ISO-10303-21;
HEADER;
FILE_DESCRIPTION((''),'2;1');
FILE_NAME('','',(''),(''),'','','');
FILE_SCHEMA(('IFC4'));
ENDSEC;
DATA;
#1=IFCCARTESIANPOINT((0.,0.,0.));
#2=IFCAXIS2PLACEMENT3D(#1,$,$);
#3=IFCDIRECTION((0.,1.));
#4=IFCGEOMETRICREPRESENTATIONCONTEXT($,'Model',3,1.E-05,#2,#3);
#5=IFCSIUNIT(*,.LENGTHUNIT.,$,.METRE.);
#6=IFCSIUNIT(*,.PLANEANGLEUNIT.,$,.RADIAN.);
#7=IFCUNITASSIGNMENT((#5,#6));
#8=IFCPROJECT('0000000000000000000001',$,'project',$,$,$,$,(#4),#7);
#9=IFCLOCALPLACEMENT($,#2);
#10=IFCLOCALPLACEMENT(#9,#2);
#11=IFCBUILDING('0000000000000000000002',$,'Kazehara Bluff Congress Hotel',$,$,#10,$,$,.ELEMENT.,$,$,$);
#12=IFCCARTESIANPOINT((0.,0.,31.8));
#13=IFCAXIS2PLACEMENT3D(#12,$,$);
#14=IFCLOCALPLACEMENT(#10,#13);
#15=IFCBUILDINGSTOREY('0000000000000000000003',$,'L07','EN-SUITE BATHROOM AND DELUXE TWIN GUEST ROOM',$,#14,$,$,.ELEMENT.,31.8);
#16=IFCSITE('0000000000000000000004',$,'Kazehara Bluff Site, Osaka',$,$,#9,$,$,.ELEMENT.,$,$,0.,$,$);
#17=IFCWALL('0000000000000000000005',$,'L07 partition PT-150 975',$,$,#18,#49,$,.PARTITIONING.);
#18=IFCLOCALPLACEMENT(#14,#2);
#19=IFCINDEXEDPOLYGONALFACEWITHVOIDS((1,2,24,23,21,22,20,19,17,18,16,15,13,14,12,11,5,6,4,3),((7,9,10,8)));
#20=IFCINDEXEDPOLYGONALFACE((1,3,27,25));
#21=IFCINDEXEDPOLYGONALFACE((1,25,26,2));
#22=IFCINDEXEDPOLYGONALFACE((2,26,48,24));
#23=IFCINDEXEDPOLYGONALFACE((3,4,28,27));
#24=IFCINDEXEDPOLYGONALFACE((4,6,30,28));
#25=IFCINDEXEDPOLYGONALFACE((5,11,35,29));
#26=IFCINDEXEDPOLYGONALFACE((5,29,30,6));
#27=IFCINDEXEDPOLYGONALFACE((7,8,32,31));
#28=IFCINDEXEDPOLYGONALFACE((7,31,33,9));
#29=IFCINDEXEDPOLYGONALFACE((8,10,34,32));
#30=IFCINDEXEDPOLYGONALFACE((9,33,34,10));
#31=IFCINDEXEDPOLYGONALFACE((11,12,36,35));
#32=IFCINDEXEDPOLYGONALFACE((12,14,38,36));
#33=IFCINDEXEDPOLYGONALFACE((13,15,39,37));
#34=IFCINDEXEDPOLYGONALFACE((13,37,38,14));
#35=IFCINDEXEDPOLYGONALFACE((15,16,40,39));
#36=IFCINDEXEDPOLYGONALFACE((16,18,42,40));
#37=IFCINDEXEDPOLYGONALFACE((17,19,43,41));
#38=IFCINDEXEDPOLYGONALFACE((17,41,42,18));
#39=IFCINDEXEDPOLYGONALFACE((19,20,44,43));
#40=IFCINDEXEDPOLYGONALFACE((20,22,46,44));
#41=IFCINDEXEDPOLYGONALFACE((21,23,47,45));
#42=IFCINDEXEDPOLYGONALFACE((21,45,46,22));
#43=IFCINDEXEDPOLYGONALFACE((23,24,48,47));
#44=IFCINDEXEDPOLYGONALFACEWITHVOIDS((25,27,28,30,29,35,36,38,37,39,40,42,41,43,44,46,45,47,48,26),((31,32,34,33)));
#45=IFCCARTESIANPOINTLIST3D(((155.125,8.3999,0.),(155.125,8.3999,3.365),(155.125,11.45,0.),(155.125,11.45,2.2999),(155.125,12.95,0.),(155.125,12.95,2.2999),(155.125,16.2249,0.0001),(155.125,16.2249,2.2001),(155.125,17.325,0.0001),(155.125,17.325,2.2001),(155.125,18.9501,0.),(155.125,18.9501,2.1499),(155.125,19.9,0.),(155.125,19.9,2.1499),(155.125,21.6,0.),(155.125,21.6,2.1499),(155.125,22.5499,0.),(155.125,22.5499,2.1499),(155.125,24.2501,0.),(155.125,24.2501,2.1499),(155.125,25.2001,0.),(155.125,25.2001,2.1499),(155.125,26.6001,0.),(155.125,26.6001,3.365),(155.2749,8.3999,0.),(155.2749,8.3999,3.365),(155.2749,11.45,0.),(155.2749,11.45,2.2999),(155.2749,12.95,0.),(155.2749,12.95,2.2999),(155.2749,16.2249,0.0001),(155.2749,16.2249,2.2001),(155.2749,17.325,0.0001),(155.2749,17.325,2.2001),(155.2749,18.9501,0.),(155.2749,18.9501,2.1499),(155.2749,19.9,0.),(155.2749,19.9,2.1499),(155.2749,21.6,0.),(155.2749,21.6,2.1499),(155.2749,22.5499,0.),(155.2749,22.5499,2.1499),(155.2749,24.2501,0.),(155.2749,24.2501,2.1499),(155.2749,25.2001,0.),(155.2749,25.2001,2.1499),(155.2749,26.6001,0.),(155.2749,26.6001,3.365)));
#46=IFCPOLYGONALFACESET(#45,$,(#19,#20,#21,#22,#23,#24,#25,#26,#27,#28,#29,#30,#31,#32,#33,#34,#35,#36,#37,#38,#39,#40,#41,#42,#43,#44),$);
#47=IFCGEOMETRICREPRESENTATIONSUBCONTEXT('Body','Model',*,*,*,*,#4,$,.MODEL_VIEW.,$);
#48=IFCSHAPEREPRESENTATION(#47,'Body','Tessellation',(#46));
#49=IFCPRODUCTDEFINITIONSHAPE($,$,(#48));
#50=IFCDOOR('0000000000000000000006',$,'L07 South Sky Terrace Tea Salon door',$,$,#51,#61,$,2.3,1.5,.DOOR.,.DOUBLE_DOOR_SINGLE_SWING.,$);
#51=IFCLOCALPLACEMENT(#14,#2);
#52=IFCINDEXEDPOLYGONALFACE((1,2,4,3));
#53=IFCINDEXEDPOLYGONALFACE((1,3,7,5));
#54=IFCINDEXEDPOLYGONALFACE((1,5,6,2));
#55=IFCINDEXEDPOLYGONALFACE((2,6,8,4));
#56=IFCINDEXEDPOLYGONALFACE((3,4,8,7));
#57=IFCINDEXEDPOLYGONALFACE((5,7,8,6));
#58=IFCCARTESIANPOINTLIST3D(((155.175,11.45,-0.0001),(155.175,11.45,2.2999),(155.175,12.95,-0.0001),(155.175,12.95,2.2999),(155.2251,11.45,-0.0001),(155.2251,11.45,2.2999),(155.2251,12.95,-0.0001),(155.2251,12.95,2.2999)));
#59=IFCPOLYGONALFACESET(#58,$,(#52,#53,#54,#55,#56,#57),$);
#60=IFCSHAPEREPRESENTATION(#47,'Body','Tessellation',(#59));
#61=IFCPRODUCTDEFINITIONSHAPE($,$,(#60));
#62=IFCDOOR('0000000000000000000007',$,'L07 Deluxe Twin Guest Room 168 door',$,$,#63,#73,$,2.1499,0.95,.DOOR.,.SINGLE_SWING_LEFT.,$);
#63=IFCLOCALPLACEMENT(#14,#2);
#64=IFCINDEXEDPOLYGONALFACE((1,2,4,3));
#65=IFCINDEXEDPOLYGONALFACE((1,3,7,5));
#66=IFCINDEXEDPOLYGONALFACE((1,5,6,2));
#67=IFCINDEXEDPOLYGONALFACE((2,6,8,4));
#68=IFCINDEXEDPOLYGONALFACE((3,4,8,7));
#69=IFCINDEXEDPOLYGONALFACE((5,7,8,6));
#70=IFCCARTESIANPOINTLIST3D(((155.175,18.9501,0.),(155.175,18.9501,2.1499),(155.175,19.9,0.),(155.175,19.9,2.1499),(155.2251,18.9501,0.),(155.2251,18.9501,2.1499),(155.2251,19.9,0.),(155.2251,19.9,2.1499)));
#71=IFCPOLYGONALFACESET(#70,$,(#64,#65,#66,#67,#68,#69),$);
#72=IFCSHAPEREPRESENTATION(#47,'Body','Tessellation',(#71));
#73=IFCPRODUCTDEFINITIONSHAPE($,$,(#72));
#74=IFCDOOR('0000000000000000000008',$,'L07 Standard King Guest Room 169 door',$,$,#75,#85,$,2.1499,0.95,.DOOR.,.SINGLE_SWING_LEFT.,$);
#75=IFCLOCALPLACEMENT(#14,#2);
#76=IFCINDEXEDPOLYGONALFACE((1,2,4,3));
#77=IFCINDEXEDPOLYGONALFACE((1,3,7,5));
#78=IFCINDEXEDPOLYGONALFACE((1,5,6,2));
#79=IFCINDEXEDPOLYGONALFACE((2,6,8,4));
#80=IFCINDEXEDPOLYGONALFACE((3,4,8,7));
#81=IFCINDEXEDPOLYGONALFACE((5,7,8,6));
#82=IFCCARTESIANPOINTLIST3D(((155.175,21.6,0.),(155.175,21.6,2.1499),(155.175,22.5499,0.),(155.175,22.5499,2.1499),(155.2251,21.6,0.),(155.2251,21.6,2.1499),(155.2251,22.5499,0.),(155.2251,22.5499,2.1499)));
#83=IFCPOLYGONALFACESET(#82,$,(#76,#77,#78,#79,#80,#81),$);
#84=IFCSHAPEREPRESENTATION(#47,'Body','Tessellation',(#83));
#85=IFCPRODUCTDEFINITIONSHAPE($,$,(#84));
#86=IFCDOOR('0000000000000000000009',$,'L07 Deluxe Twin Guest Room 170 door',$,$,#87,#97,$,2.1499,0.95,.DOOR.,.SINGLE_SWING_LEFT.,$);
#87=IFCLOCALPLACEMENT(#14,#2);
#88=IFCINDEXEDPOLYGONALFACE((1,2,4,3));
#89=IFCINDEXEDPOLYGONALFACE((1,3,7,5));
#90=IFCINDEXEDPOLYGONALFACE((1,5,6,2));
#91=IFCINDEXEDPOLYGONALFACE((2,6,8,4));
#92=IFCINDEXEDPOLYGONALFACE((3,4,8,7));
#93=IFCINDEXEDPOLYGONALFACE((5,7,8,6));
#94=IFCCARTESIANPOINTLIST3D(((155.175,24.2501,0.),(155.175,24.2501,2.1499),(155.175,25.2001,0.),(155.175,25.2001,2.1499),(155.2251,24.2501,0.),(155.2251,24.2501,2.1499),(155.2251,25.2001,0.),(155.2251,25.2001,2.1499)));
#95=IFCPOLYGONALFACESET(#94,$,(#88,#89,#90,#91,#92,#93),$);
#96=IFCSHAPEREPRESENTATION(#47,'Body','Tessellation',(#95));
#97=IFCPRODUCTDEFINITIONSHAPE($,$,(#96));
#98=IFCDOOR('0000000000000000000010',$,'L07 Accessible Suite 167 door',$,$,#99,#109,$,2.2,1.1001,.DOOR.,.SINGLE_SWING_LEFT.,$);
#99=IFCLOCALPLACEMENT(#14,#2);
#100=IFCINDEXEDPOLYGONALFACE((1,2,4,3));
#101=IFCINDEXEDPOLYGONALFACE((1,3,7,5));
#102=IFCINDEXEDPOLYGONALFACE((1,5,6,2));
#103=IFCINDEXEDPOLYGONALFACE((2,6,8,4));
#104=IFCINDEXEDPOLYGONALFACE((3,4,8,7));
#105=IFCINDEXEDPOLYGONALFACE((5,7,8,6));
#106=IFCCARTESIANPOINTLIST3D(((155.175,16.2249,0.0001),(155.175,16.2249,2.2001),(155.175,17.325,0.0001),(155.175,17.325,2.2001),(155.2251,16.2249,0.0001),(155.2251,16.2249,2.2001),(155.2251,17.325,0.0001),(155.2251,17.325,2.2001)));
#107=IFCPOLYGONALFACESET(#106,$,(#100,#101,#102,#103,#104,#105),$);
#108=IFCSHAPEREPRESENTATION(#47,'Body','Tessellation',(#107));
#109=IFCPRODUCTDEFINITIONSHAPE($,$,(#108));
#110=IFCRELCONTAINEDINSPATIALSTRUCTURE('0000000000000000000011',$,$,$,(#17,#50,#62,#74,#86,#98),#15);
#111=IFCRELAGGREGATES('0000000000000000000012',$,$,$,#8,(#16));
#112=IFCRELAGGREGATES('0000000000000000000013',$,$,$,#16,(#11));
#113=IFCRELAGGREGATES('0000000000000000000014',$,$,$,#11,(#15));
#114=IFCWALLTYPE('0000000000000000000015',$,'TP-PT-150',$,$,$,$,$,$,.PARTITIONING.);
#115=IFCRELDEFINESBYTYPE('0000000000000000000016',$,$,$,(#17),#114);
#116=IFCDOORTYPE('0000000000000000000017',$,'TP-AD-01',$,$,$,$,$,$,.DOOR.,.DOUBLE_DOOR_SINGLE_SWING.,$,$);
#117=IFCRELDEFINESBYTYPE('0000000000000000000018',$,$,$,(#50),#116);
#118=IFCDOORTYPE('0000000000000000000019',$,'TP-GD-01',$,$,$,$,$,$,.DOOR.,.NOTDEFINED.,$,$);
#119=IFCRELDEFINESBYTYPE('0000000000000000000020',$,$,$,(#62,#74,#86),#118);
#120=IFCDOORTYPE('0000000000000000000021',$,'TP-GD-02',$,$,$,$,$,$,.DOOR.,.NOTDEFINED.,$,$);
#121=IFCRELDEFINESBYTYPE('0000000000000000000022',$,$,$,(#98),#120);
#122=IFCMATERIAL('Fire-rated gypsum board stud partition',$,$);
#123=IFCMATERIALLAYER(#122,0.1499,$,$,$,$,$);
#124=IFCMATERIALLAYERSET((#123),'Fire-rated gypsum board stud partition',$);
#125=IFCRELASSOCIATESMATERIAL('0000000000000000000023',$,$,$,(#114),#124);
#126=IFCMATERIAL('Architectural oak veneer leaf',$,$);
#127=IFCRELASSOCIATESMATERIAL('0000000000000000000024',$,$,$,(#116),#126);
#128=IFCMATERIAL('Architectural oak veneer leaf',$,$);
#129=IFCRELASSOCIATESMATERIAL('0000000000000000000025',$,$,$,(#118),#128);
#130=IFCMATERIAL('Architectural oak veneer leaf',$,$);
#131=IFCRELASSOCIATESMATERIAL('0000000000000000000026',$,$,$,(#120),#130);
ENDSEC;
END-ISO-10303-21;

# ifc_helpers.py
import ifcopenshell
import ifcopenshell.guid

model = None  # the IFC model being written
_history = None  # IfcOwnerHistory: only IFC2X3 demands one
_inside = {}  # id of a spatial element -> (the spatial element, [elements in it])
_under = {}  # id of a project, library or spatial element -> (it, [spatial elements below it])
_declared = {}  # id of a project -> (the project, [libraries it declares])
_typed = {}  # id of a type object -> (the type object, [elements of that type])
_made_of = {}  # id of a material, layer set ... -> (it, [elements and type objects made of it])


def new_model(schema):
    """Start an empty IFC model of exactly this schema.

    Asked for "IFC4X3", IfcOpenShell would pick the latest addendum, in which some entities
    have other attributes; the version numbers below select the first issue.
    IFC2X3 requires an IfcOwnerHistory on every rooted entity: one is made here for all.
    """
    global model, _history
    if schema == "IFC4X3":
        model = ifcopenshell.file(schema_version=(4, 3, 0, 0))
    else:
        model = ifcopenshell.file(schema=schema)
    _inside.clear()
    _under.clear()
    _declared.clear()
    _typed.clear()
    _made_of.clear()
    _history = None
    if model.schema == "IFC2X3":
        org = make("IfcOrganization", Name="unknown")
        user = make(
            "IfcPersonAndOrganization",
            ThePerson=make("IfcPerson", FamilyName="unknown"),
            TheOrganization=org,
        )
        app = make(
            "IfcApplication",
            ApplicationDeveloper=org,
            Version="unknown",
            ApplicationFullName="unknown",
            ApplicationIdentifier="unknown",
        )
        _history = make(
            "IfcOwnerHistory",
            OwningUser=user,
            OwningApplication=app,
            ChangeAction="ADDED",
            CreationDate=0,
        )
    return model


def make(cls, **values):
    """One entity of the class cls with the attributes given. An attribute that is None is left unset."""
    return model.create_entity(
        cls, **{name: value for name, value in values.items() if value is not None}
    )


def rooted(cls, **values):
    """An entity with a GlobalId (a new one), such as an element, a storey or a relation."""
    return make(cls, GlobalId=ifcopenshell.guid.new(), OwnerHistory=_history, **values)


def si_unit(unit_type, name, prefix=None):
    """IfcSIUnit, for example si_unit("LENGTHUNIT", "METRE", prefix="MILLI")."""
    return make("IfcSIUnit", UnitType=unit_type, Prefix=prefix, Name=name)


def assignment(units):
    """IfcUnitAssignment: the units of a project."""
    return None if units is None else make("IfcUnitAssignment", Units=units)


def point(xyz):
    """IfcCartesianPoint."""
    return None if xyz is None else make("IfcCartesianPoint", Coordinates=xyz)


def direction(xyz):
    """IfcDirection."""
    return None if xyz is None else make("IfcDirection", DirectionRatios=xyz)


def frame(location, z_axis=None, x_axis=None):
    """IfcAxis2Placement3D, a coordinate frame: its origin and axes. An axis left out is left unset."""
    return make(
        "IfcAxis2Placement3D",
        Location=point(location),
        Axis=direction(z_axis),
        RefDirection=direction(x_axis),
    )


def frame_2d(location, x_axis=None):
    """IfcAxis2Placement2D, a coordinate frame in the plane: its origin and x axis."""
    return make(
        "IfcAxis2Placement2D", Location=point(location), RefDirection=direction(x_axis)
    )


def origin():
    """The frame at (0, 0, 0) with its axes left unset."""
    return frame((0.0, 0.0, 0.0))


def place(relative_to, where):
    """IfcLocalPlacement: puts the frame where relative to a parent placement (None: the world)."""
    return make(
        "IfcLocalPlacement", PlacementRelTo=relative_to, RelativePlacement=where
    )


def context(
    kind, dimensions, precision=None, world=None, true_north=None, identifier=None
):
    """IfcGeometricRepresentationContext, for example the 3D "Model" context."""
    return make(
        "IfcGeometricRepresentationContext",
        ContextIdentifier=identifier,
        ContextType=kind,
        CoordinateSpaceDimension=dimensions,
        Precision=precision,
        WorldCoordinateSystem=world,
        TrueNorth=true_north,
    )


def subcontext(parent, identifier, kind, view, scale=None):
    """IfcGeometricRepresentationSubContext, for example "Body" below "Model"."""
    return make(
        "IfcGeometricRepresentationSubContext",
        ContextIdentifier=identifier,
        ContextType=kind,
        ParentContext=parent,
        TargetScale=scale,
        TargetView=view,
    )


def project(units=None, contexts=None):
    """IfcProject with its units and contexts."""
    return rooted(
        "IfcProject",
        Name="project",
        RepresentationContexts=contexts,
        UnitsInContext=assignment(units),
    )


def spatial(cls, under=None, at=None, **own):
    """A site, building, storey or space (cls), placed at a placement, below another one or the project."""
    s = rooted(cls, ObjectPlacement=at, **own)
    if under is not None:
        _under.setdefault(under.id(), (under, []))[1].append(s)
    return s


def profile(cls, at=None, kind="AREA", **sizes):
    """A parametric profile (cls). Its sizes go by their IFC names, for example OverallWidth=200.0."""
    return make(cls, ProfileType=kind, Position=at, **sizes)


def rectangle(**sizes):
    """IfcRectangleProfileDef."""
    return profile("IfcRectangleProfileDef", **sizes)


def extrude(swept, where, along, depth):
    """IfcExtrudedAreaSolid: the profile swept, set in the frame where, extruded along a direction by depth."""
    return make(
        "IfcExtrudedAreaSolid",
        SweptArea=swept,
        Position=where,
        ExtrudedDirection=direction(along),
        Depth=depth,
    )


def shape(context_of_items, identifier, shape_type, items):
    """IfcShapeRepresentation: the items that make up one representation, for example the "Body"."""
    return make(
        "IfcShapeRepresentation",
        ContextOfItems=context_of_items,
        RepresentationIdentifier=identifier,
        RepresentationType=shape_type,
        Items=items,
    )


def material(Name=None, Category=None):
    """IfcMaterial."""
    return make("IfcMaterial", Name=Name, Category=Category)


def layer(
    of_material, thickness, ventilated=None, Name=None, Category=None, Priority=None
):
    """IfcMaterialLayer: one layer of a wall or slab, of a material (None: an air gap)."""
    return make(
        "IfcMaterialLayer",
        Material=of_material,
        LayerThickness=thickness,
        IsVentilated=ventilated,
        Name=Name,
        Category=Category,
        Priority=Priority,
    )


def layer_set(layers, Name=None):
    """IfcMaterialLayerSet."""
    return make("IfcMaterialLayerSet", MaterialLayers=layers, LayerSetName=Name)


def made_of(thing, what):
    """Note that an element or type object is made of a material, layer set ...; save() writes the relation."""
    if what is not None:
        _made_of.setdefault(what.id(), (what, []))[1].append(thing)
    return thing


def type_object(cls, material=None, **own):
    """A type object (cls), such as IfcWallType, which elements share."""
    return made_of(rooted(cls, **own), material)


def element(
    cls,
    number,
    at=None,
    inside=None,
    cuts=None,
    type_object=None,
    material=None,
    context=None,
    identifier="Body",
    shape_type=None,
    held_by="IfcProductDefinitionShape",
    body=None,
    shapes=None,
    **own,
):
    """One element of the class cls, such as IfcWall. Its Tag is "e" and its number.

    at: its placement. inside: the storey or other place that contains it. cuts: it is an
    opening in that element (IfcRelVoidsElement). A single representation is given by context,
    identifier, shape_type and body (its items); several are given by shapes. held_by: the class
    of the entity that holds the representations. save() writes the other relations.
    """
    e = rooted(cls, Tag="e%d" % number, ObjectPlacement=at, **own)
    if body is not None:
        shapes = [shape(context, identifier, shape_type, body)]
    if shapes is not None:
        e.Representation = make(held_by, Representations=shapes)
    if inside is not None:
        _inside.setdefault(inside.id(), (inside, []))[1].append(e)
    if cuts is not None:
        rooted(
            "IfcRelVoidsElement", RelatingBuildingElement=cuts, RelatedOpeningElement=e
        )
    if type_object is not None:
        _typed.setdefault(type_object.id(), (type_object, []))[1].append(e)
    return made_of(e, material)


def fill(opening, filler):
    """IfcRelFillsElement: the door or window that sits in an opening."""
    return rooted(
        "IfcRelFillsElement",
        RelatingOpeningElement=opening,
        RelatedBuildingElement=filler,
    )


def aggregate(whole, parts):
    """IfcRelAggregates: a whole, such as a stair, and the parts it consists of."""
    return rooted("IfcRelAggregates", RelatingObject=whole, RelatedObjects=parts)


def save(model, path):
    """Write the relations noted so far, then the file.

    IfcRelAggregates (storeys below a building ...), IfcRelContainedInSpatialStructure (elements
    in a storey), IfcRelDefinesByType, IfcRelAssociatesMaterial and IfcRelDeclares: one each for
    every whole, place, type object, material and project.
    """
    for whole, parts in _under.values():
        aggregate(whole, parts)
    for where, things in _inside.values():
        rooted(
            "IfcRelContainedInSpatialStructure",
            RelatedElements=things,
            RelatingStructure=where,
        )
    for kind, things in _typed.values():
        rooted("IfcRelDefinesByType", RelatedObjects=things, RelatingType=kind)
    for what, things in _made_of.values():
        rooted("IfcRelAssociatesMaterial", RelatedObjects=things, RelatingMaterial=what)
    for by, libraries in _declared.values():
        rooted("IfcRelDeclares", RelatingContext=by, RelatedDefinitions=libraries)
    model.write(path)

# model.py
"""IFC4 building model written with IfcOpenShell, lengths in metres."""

from ifc_helpers import new_model, si_unit, direction, frame, frame_2d, origin, place, context, subcontext, project, spatial, rectangle, extrude, material, layer, layer_set, type_object, element, fill, save


model = new_model("IFC4")

# Units and contexts
model_context = context("Model", 3, precision=1e-05, world=origin(), true_north=direction((0.0, 1.0)))
body_context = subcontext(model_context, "Body", "Model", "MODEL_VIEW")
ifc_project = project(units=[si_unit("LENGTHUNIT", "METRE"), si_unit("PLANEANGLEUNIT", "RADIAN")], contexts=[model_context])

# Site, building, storey
site_placement = place(None, origin())
site = spatial("IfcSite", under=ifc_project, at=site_placement, Name="Kazehara Bluff Site, Osaka", CompositionType="ELEMENT", RefElevation=0.0)
building_placement = place(site_placement, origin())
building = spatial("IfcBuilding", under=site, at=building_placement, Name="Kazehara Bluff Congress Hotel", CompositionType="ELEMENT")
storey_placement = place(building_placement, frame((0.0, 0.0, 31.8)))
storey = spatial("IfcBuildingStorey", under=building, at=storey_placement, Name="L07", Description="EN-SUITE BATHROOM AND DELUXE TWIN GUEST ROOM", CompositionType="ELEMENT", Elevation=31.8)

# Wall, openings, doors
ifc_material_1 = material(Name="Fire-rated gypsum board stud partition")
ifc_layer_1 = layer(ifc_material_1, 0.1499)
ifc_layer_set_1 = layer_set([ifc_layer_1], Name="Fire-rated gypsum board stud partition")
wall_type_1 = type_object("IfcWallType", Name="TP-PT-150", PredefinedType="PARTITIONING", material=ifc_layer_set_1)
wall_1_placement = place(storey_placement, frame((155.2, 8.3999, 0.0), z_axis=(0.0, 0.0, 1.0), x_axis=(0.0, 1.0, 0.0)))
wall_1 = element("IfcWall", 1, at=wall_1_placement, inside=storey, type_object=wall_type_1, Name="L07 partition PT-150 975", PredefinedType="PARTITIONING", context=body_context, shape_type="SweptSolid", body=[
    extrude(rectangle(XDim=18.2002, YDim=0.1499, at=frame_2d((9.1001, 0.0))), origin(), (0.0, 0.0, 1.0), 3.365),
])
opening_1_placement = place(wall_1_placement, frame((3.05, 0.0, 0.0)))
opening_1 = element("IfcOpeningElement", 2, at=opening_1_placement, cuts=wall_1, PredefinedType="OPENING", context=body_context, shape_type="SweptSolid", body=[
    extrude(rectangle(XDim=1.5, YDim=2.3, at=frame_2d((0.75, 1.1499))), frame((0.0, 0.085, 0.0), z_axis=(0.0, -1.0, 0.0), x_axis=(1.0, 0.0, 0.0)), (0.0, 0.0, 1.0), 0.1699),
])
opening_2_placement = place(wall_1_placement, frame((7.825, 0.0, 0.0)))
opening_2 = element("IfcOpeningElement", 3, at=opening_2_placement, cuts=wall_1, PredefinedType="OPENING", context=body_context, shape_type="SweptSolid", body=[
    extrude(rectangle(XDim=1.1001, YDim=2.2, at=frame_2d((0.55, 1.1001))), frame((0.0, 0.085, 0.0), z_axis=(0.0, -1.0, 0.0), x_axis=(1.0, 0.0, 0.0)), (0.0, 0.0, 1.0), 0.1699),
])
opening_3_placement = place(wall_1_placement, frame((10.55, 0.0, 0.0)))
opening_3 = element("IfcOpeningElement", 4, at=opening_3_placement, cuts=wall_1, PredefinedType="OPENING", context=body_context, shape_type="SweptSolid", body=[
    extrude(rectangle(XDim=0.95, YDim=2.1499, at=frame_2d((0.4751, 1.075))), frame((0.0, 0.085, 0.0), z_axis=(0.0, -1.0, 0.0), x_axis=(1.0, 0.0, 0.0)), (0.0, 0.0, 1.0), 0.1699),
])
opening_4_placement = place(wall_1_placement, frame((13.2, 0.0, 0.0)))
opening_4 = element("IfcOpeningElement", 5, at=opening_4_placement, cuts=wall_1, PredefinedType="OPENING", context=body_context, shape_type="SweptSolid", body=[
    extrude(rectangle(XDim=0.95, YDim=2.1499, at=frame_2d((0.4751, 1.075))), frame((0.0, 0.085, 0.0), z_axis=(0.0, -1.0, 0.0), x_axis=(1.0, 0.0, 0.0)), (0.0, 0.0, 1.0), 0.1699),
])
opening_5_placement = place(wall_1_placement, frame((15.8501, 0.0, 0.0)))
opening_5 = element("IfcOpeningElement", 6, at=opening_5_placement, cuts=wall_1, PredefinedType="OPENING", context=body_context, shape_type="SweptSolid", body=[
    extrude(rectangle(XDim=0.95, YDim=2.1499, at=frame_2d((0.4751, 1.075))), frame((0.0, 0.085, 0.0), z_axis=(0.0, -1.0, 0.0), x_axis=(1.0, 0.0, 0.0)), (0.0, 0.0, 1.0), 0.1699),
])
ifc_material_2 = material(Name="Architectural oak veneer leaf")
door_type_1 = type_object("IfcDoorType", Name="TP-AD-01", OperationType="DOUBLE_DOOR_SINGLE_SWING", PredefinedType="DOOR", material=ifc_material_2)
door_1_placement = place(opening_1_placement, origin())
door_1 = element("IfcDoor", 7, at=door_1_placement, inside=storey, type_object=door_type_1, Name="L07 South Sky Terrace Tea Salon door", OperationType="DOUBLE_DOOR_SINGLE_SWING", OverallHeight=2.3, OverallWidth=1.5, PredefinedType="DOOR", context=body_context, shape_type="SweptSolid", body=[
    extrude(rectangle(XDim=1.5, YDim=2.3, at=frame_2d((0.75, 1.1499))), frame((0.0, 0.0249, 0.0), z_axis=(0.0, -1.0, 0.0), x_axis=(1.0, 0.0, 0.0)), (0.0, 0.0, 1.0), 0.05),
])
fill(opening_1, door_1)
ifc_material_3 = material(Name="Architectural oak veneer leaf")
door_type_2 = type_object("IfcDoorType", Name="TP-GD-01", OperationType="NOTDEFINED", PredefinedType="DOOR", material=ifc_material_3)
door_2_placement = place(opening_3_placement, origin())
door_2 = element("IfcDoor", 8, at=door_2_placement, inside=storey, type_object=door_type_2, Name="L07 Deluxe Twin Guest Room 168 door", OperationType="SINGLE_SWING_LEFT", OverallHeight=2.1499, OverallWidth=0.95, PredefinedType="DOOR", context=body_context, shape_type="SweptSolid", body=[
    extrude(rectangle(XDim=0.95, YDim=2.1499, at=frame_2d((0.4751, 1.075))), frame((0.0, 0.0249, 0.0), z_axis=(0.0, -1.0, 0.0), x_axis=(1.0, 0.0, 0.0)), (0.0, 0.0, 1.0), 0.05),
])
fill(opening_3, door_2)
door_3_placement = place(opening_4_placement, origin())
door_3 = element("IfcDoor", 9, at=door_3_placement, inside=storey, type_object=door_type_2, Name="L07 Standard King Guest Room 169 door", OperationType="SINGLE_SWING_LEFT", OverallHeight=2.1499, OverallWidth=0.95, PredefinedType="DOOR", context=body_context, shape_type="SweptSolid", body=[
    extrude(rectangle(XDim=0.95, YDim=2.1499, at=frame_2d((0.4751, 1.075))), frame((0.0, 0.0249, 0.0), z_axis=(0.0, -1.0, 0.0), x_axis=(1.0, 0.0, 0.0)), (0.0, 0.0, 1.0), 0.05),
])
fill(opening_4, door_3)
door_4_placement = place(opening_5_placement, origin())
door_4 = element("IfcDoor", 10, at=door_4_placement, inside=storey, type_object=door_type_2, Name="L07 Deluxe Twin Guest Room 170 door", OperationType="SINGLE_SWING_LEFT", OverallHeight=2.1499, OverallWidth=0.95, PredefinedType="DOOR", context=body_context, shape_type="SweptSolid", body=[
    extrude(rectangle(XDim=0.95, YDim=2.1499, at=frame_2d((0.4751, 1.075))), frame((0.0, 0.0249, 0.0), z_axis=(0.0, -1.0, 0.0), x_axis=(1.0, 0.0, 0.0)), (0.0, 0.0, 1.0), 0.05),
])
fill(opening_5, door_4)
ifc_material_4 = material(Name="Architectural oak veneer leaf")
door_type_3 = type_object("IfcDoorType", Name="TP-GD-02", OperationType="NOTDEFINED", PredefinedType="DOOR", material=ifc_material_4)
door_5_placement = place(opening_2_placement, origin())
door_5 = element("IfcDoor", 11, at=door_5_placement, inside=storey, type_object=door_type_3, Name="L07 Accessible Suite 167 door", OperationType="SINGLE_SWING_LEFT", OverallHeight=2.2, OverallWidth=1.1001, PredefinedType="DOOR", context=body_context, shape_type="SweptSolid", body=[
    extrude(rectangle(XDim=1.1001, YDim=2.2, at=frame_2d((0.55, 1.1001))), frame((0.0, 0.0249, 0.0), z_axis=(0.0, -1.0, 0.0), x_axis=(1.0, 0.0, 0.0)), (0.0, 0.0, 1.0), 0.05),
])
fill(opening_2, door_5)

save(model, "model.ifc")
